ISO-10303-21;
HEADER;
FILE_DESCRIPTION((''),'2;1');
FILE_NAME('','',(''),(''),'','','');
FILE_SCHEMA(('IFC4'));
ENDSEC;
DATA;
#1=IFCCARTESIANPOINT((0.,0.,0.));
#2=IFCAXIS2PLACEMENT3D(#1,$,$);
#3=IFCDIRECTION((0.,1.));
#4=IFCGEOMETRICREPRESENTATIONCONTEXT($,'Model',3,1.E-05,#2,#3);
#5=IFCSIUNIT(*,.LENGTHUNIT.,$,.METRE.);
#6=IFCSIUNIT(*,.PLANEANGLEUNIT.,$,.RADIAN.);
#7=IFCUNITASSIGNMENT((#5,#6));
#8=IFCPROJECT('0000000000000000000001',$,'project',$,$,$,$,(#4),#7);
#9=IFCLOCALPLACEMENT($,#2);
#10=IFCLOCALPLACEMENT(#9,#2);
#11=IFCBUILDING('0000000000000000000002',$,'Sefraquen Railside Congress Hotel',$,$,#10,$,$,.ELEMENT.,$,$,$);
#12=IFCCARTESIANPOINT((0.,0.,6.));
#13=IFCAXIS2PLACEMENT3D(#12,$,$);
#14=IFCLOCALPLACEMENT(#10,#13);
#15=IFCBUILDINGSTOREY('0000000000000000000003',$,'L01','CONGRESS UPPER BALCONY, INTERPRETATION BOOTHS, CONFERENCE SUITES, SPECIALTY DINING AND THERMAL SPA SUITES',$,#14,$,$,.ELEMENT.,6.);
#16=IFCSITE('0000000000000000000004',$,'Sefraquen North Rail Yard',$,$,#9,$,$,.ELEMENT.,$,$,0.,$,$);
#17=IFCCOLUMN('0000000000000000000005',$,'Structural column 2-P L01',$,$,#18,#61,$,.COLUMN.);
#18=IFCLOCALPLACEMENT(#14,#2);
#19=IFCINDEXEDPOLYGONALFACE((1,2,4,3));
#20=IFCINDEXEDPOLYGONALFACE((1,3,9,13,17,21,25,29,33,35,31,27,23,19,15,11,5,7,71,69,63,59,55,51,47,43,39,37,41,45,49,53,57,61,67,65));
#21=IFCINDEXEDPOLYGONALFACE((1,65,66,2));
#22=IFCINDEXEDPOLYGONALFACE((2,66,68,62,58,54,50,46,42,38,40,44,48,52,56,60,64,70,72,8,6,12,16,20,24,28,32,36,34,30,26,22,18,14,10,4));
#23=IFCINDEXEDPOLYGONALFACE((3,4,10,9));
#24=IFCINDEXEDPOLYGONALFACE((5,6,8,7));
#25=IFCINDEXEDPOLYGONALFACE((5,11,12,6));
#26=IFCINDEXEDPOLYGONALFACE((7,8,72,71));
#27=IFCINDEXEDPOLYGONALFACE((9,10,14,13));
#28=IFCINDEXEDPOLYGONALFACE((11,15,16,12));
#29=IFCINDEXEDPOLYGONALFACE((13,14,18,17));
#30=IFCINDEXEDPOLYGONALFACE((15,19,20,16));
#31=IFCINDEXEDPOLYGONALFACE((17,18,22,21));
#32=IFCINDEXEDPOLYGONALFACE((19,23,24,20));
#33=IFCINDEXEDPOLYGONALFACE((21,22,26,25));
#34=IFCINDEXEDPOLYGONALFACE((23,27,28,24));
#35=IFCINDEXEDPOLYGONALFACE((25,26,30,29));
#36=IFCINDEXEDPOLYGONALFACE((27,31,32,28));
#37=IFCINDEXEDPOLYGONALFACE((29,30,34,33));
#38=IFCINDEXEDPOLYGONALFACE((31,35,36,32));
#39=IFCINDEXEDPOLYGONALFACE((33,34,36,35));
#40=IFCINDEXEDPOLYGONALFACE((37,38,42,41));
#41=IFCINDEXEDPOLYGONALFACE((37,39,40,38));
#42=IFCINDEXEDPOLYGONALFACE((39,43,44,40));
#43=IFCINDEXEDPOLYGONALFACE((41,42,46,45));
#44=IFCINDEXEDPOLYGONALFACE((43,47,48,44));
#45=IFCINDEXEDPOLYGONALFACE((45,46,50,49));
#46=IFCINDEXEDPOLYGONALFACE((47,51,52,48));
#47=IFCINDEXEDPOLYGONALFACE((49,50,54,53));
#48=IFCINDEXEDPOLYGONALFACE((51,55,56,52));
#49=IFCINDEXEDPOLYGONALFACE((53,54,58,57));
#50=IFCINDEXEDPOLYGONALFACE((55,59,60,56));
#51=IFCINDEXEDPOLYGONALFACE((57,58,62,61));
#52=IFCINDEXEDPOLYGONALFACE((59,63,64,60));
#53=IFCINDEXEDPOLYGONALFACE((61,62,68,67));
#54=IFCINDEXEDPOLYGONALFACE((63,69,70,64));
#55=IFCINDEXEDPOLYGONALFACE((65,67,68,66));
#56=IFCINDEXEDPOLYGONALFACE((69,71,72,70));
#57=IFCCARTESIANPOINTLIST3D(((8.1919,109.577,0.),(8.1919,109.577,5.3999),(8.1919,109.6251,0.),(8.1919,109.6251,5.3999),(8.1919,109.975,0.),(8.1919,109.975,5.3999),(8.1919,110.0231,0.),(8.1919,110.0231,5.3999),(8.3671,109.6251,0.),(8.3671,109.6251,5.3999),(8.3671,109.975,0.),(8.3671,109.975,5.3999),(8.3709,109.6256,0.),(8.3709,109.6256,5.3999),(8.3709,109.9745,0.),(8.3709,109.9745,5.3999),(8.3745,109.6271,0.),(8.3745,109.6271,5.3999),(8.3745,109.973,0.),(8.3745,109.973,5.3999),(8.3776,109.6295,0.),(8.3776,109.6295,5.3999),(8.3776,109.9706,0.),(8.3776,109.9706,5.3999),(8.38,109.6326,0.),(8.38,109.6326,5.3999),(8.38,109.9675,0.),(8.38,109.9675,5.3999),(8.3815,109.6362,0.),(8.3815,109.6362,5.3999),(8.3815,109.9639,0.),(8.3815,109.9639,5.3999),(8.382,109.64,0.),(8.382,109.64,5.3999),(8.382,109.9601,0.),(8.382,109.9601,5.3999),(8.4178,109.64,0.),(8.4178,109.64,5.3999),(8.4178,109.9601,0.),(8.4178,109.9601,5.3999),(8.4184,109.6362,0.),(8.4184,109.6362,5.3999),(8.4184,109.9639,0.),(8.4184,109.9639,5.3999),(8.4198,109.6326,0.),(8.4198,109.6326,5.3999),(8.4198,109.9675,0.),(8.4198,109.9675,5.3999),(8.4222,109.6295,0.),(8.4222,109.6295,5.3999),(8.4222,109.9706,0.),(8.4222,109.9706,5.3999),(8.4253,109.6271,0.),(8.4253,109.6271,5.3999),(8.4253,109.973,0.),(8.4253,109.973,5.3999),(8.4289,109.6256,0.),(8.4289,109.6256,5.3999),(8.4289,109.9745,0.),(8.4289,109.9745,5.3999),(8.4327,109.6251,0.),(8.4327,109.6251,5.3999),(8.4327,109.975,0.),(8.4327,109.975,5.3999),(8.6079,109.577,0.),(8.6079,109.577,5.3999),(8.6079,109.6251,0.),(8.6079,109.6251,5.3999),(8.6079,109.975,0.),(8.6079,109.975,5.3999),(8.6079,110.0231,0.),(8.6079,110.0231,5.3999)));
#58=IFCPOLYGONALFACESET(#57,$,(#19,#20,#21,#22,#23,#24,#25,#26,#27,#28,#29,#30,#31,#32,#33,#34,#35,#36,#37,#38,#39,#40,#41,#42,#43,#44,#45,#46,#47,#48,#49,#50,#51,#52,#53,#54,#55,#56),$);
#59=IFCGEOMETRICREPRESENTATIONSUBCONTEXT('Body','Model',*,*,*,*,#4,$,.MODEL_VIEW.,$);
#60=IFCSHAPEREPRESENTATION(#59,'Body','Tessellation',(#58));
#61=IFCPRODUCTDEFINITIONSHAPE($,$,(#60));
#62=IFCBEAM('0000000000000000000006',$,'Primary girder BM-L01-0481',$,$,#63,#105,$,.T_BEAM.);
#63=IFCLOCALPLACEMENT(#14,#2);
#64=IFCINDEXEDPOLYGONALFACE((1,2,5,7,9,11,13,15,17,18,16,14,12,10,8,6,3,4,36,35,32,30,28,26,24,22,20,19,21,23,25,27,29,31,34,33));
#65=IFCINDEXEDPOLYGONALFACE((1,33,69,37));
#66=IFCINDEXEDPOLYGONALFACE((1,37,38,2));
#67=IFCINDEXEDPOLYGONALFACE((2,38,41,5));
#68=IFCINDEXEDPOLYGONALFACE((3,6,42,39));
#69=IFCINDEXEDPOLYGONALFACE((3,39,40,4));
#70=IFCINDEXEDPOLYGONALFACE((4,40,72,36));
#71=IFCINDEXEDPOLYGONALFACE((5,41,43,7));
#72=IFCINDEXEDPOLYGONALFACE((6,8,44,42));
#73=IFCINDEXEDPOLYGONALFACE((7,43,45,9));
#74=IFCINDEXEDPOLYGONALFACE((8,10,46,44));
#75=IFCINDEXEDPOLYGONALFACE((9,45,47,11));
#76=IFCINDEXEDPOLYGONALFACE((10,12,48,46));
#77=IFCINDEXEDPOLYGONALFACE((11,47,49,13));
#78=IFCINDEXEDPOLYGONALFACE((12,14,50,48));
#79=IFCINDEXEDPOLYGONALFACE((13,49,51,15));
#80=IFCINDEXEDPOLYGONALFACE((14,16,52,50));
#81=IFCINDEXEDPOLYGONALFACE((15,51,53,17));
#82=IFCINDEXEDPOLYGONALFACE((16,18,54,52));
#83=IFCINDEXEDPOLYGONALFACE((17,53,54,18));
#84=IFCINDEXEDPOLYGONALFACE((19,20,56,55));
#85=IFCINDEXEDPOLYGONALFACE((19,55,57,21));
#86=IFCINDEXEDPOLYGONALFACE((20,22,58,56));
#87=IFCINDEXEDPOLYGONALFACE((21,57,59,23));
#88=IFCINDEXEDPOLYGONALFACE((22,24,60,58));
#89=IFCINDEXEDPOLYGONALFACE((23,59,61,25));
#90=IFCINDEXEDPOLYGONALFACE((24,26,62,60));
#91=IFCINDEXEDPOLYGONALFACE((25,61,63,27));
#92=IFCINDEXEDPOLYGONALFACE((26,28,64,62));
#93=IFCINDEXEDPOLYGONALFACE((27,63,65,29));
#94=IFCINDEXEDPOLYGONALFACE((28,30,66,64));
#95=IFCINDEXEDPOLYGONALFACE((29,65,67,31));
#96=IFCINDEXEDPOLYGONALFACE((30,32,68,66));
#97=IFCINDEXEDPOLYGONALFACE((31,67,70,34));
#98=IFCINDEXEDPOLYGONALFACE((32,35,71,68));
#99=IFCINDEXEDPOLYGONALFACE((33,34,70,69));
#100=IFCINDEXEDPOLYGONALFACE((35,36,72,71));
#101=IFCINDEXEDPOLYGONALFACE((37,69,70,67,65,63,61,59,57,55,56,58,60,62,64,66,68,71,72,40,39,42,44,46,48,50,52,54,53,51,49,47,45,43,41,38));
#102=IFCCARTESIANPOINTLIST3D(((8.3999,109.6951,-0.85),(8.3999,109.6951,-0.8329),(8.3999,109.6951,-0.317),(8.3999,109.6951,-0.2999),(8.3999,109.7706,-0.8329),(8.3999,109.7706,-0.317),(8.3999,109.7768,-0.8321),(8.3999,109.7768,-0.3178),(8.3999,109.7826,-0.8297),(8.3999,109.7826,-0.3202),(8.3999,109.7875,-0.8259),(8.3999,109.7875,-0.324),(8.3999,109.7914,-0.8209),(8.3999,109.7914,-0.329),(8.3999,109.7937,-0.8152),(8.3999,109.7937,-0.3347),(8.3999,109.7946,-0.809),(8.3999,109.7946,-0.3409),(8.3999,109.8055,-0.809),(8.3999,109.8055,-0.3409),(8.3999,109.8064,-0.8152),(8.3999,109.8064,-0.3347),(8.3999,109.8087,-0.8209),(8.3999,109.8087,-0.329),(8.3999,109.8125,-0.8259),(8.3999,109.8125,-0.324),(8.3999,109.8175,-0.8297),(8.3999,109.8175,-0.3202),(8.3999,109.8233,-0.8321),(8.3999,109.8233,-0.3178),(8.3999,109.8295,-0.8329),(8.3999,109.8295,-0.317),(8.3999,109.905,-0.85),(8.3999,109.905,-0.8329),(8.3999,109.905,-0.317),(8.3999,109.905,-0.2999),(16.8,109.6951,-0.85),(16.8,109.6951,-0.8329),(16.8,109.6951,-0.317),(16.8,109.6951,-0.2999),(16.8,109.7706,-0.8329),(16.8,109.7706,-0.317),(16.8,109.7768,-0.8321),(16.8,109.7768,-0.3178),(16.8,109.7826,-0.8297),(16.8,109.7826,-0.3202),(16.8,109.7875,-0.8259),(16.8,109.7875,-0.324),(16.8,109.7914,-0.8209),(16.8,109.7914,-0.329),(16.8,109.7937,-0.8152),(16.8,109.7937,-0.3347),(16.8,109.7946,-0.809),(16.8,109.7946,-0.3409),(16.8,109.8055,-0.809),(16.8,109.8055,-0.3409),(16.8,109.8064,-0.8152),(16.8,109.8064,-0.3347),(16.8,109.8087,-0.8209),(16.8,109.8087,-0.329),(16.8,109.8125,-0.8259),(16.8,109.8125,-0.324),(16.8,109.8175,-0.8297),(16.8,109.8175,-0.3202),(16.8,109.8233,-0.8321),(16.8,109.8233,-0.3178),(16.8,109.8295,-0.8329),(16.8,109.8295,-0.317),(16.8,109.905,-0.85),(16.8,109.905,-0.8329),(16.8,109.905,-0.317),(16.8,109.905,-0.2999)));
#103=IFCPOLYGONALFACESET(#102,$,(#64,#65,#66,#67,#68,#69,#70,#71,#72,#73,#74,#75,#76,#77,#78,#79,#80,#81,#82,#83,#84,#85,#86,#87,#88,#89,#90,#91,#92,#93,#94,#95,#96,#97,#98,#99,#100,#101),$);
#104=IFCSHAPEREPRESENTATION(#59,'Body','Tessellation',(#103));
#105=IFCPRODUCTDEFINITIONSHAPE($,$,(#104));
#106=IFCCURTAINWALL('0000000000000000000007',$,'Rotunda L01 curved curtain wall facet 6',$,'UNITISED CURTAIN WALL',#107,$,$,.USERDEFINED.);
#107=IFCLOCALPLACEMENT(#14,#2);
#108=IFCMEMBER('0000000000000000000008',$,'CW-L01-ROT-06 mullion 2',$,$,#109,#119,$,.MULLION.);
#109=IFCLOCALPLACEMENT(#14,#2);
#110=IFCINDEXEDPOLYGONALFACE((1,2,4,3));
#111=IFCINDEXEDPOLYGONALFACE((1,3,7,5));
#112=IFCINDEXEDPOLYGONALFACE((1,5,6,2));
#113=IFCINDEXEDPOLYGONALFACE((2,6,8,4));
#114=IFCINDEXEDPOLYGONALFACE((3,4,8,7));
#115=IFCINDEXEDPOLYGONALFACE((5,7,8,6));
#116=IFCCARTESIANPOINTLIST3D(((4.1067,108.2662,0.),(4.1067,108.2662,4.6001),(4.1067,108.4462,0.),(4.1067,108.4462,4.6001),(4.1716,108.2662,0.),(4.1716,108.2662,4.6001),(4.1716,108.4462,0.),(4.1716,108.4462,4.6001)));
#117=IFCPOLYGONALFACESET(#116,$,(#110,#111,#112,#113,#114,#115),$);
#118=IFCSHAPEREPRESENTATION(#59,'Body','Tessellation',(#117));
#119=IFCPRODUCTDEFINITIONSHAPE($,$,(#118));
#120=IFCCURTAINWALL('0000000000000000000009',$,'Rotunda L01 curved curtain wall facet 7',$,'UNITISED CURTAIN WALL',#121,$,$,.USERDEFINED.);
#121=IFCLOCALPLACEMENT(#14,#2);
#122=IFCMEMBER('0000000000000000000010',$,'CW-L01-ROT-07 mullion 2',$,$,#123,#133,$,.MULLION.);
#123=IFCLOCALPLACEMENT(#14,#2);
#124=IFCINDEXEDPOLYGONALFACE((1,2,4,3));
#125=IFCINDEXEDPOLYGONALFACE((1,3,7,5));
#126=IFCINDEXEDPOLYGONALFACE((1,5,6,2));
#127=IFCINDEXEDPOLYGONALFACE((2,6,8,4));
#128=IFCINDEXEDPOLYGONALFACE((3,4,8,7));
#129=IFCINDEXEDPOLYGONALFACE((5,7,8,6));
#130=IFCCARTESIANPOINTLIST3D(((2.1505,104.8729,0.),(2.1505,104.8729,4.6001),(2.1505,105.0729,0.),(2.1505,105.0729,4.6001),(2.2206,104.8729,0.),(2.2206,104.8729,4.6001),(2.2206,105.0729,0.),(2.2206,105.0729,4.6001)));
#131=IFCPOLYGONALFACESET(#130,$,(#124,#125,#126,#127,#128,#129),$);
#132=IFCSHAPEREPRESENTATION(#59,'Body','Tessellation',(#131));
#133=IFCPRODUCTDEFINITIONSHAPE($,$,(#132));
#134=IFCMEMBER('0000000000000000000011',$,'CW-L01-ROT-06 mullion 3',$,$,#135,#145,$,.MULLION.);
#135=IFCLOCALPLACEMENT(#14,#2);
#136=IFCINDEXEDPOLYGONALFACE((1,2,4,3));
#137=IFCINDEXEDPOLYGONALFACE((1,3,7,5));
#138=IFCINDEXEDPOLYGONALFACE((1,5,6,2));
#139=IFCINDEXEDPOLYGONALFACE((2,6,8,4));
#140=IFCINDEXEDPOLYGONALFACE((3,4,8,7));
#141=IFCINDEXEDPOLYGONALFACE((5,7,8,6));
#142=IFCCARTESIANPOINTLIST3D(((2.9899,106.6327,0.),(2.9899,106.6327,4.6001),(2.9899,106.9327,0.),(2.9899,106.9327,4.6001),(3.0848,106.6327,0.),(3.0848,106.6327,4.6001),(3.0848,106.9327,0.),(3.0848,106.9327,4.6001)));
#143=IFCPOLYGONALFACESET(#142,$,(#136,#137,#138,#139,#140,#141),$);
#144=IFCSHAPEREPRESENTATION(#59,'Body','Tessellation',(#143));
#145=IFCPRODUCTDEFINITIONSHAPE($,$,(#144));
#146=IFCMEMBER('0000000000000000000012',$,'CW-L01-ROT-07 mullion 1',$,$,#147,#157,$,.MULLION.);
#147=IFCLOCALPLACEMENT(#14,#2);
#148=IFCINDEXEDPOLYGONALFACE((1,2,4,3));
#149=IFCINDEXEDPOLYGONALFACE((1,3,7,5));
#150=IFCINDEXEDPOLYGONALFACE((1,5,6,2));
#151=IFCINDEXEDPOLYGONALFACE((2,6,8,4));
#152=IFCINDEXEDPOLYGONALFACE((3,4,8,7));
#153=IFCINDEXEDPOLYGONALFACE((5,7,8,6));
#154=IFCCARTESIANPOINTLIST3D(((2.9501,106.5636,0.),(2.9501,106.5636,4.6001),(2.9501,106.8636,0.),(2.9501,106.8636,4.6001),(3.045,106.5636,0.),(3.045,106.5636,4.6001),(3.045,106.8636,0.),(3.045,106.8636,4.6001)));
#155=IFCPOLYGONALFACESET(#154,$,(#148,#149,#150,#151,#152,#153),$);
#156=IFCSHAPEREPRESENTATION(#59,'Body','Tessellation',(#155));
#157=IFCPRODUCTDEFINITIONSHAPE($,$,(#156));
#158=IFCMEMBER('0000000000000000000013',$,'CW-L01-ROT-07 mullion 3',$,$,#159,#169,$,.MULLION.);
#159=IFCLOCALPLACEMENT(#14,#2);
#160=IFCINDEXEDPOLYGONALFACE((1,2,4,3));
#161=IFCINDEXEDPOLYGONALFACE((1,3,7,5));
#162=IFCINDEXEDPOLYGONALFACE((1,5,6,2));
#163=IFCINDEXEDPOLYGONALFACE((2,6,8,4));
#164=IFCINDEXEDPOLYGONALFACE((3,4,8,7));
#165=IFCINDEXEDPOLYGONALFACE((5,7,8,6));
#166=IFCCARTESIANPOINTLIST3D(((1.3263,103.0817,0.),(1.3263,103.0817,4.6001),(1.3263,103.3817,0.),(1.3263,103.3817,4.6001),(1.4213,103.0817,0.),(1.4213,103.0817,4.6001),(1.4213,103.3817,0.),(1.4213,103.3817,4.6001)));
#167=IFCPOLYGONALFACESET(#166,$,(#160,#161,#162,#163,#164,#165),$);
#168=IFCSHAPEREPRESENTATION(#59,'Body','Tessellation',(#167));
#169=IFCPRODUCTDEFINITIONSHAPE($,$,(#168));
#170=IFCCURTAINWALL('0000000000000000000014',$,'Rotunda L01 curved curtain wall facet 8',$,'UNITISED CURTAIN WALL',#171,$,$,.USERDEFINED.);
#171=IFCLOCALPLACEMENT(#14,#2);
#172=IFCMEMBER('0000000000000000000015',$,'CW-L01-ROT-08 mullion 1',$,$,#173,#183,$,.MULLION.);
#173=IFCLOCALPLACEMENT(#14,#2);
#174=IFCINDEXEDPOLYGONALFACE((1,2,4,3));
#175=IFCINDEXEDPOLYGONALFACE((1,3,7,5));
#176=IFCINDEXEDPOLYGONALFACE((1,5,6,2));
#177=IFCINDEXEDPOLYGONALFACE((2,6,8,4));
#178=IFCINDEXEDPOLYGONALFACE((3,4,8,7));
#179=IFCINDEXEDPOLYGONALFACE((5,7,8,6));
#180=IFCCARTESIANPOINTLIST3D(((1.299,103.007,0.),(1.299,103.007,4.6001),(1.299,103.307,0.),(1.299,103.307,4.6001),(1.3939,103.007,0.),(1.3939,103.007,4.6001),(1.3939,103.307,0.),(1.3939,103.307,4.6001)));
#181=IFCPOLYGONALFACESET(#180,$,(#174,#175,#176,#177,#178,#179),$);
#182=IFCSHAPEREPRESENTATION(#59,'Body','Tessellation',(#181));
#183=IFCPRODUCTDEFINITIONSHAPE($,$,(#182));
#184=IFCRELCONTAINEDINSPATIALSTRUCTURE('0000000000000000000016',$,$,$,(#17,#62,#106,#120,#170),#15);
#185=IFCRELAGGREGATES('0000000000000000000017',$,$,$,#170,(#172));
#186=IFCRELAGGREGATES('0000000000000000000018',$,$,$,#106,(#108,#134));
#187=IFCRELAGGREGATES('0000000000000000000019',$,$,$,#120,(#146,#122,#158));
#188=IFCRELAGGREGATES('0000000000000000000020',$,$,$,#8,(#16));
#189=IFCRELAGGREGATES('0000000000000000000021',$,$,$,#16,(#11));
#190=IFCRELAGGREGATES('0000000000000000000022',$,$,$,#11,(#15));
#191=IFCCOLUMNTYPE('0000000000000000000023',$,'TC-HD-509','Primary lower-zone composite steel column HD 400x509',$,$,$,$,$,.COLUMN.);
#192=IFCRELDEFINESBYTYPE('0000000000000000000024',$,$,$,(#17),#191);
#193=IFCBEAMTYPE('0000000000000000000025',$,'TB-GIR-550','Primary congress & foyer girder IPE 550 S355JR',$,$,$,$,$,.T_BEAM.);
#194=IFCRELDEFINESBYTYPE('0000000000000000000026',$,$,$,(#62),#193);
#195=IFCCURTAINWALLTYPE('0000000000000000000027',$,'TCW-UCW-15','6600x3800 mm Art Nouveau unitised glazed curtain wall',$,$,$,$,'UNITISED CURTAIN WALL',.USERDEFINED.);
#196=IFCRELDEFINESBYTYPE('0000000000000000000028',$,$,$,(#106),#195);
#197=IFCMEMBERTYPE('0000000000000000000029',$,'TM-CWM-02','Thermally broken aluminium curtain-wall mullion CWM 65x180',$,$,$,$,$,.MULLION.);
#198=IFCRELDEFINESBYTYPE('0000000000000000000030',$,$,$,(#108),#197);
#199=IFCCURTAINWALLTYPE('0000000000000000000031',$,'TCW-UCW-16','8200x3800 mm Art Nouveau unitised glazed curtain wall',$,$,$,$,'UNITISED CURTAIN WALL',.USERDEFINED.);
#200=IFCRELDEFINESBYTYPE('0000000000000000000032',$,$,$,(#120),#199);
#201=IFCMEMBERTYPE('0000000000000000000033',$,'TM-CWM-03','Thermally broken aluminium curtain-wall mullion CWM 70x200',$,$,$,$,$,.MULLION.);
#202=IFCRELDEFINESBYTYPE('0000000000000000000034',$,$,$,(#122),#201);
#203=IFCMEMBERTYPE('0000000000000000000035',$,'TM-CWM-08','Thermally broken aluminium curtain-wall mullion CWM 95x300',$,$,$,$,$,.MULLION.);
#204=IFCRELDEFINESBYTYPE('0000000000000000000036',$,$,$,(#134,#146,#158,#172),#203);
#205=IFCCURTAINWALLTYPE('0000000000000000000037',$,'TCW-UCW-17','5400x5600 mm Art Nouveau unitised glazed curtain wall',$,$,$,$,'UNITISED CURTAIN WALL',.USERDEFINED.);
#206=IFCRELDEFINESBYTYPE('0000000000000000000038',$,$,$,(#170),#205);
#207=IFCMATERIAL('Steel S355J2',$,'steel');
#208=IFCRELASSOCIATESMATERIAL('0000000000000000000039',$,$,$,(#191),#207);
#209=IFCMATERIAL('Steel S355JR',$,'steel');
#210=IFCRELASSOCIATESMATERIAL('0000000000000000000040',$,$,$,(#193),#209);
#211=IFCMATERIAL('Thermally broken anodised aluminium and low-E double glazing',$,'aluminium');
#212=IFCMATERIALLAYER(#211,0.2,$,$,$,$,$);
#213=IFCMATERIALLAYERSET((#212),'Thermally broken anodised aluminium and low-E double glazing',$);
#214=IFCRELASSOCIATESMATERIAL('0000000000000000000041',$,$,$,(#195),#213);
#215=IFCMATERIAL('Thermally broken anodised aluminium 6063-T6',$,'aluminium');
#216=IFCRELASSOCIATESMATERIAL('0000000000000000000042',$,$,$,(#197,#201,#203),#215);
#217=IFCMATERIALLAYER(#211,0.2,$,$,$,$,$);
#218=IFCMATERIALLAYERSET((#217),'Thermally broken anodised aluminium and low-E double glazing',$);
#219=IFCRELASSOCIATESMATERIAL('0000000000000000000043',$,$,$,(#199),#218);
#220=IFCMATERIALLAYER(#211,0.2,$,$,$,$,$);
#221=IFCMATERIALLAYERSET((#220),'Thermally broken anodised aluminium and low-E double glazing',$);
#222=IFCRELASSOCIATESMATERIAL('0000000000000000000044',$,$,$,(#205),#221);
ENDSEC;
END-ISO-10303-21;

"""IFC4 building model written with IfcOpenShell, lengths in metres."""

from ifc_helpers import new_model, si_unit, direction, frame, origin, origin_2d, place, context, subcontext, project, spatial, rectangle, i_section, extrude, material, layer, layer_set, material_profile, profile_set, type_object, element, aggregate, save


model = new_model("IFC4")

# Units and contexts
model_context = context("Model", 3, precision=1e-05, world=origin(), true_north=direction((0.0, 1.0)))
body_context = subcontext(model_context, "Body", "Model", "MODEL_VIEW")
ifc_project = project(units=[si_unit("LENGTHUNIT", "METRE"), si_unit("PLANEANGLEUNIT", "RADIAN")], contexts=[model_context])

# Site, building, storey
site_placement = place(None, origin())
site = spatial("IfcSite", under=ifc_project, at=site_placement, Name="Sefraquen North Rail Yard", CompositionType="ELEMENT", RefElevation=0.0)
building_placement = place(site_placement, origin())
building = spatial("IfcBuilding", under=site, at=building_placement, Name="Sefraquen Railside Congress Hotel", CompositionType="ELEMENT")
storey_placement = place(building_placement, frame((0.0, 0.0, 6.0)))
storey = spatial("IfcBuildingStorey", under=building, at=storey_placement, Name="L01", Description="CONGRESS UPPER BALCONY, INTERPRETATION BOOTHS, CONFERENCE SUITES, SPECIALTY DINING AND THERMAL SPA SUITES", CompositionType="ELEMENT", Elevation=6.0)

# Column
ifc_material_1 = material(Name="Steel S355J2", Category="steel")
ifc_material_profile_1 = material_profile(ifc_material_1, i_section(OverallWidth=0.416, OverallDepth=0.446, WebThickness=0.0359, FlangeThickness=0.0481, FilletRadius=0.0149, at=origin_2d()), Name="HD 400x509")
ifc_profile_set_1 = profile_set([ifc_material_profile_1], Name="Steel S355J2")
column_type = type_object("IfcColumnType", Name="TC-HD-509", Description="Primary lower-zone composite steel column HD 400x509", PredefinedType="COLUMN", material=ifc_profile_set_1)
column_placement = place(storey_placement, frame((8.3999, 109.8, 0.0), z_axis=(0.0, 0.0, 1.0), x_axis=(1.0, 0.0, 0.0)))
element("IfcColumn", 1, at=column_placement, inside=storey, type_object=column_type, Name="Structural column 2-P L01", PredefinedType="COLUMN", context=body_context, shape_type="SweptSolid", body=[
    extrude(i_section(OverallWidth=0.416, OverallDepth=0.446, WebThickness=0.0359, FlangeThickness=0.0481, FilletRadius=0.0149, at=origin_2d()), origin(), (0.0, 0.0, 1.0), 5.3999),
])

# Beam
ifc_material_2 = material(Name="Steel S355JR", Category="steel")
ifc_material_profile_2 = material_profile(ifc_material_2, i_section(OverallWidth=0.21, OverallDepth=0.55, WebThickness=0.011, FlangeThickness=0.0171, FilletRadius=0.0239, at=origin_2d()), Name="IPE 550")
ifc_profile_set_2 = profile_set([ifc_material_profile_2], Name="Steel S355JR")
beam_type = type_object("IfcBeamType", Name="TB-GIR-550", Description="Primary congress & foyer girder IPE 550 S355JR", PredefinedType="T_BEAM", material=ifc_profile_set_2)
beam_placement = place(storey_placement, frame((8.3999, 109.8, -0.575), z_axis=(1.0, 0.0, 0.0), x_axis=(0.0, 1.0, 0.0)))
element("IfcBeam", 2, at=beam_placement, inside=storey, type_object=beam_type, Name="Primary girder BM-L01-0481", PredefinedType="T_BEAM", context=body_context, shape_type="SweptSolid", body=[
    extrude(i_section(OverallWidth=0.21, OverallDepth=0.55, WebThickness=0.011, FlangeThickness=0.0171, FilletRadius=0.0239, at=origin_2d()), origin(), (0.0, 0.0, 1.0), 8.4001),
])

# Curtain walls, members
ifc_material_3 = material(Name="Thermally broken anodised aluminium and low-E double glazing", Category="aluminium")
ifc_layer_1 = layer(ifc_material_3, 0.2)
ifc_layer_set_1 = layer_set([ifc_layer_1], Name="Thermally broken anodised aluminium and low-E double glazing")
curtain_wall_type_1 = type_object("IfcCurtainWallType", Name="TCW-UCW-15", Description="6600x3800 mm Art Nouveau unitised glazed curtain wall", ElementType="UNITISED CURTAIN WALL", PredefinedType="USERDEFINED", material=ifc_layer_set_1)
curtain_wall_1_placement = place(storey_placement, origin())
curtain_wall_1 = element("IfcCurtainWall", 3, at=curtain_wall_1_placement, inside=storey, type_object=curtain_wall_type_1, Name="Rotunda L01 curved curtain wall facet 6", ObjectType="UNITISED CURTAIN WALL", PredefinedType="USERDEFINED")
ifc_material_4 = material(Name="Thermally broken anodised aluminium 6063-T6", Category="aluminium")
ifc_material_profile_3 = material_profile(ifc_material_4, rectangle(XDim=0.0649, YDim=0.1799, at=origin_2d()), Name="CWM 65x180")
ifc_profile_set_3 = profile_set([ifc_material_profile_3], Name="Thermally broken anodised aluminium 6063-T6")
member_type_1 = type_object("IfcMemberType", Name="TM-CWM-02", Description="Thermally broken aluminium curtain-wall mullion CWM 65x180", PredefinedType="MULLION", material=ifc_profile_set_3)
member_1_placement = place(storey_placement, frame((4.1392, 108.3562, 0.0), z_axis=(0.0, 0.0, 1.0), x_axis=(1.0, 0.0, 0.0)))
member_1 = element("IfcMember", 4, at=member_1_placement, type_object=member_type_1, Name="CW-L01-ROT-06 mullion 2", PredefinedType="MULLION", context=body_context, shape_type="SweptSolid", body=[
    extrude(rectangle(XDim=0.0649, YDim=0.1799, at=origin_2d()), origin(), (0.0, 0.0, 1.0), 4.6001),
])
ifc_layer_2 = layer(ifc_material_3, 0.2)
ifc_layer_set_2 = layer_set([ifc_layer_2], Name="Thermally broken anodised aluminium and low-E double glazing")
curtain_wall_type_2 = type_object("IfcCurtainWallType", Name="TCW-UCW-16", Description="8200x3800 mm Art Nouveau unitised glazed curtain wall", ElementType="UNITISED CURTAIN WALL", PredefinedType="USERDEFINED", material=ifc_layer_set_2)
curtain_wall_2_placement = place(storey_placement, origin())
curtain_wall_2 = element("IfcCurtainWall", 5, at=curtain_wall_2_placement, inside=storey, type_object=curtain_wall_type_2, Name="Rotunda L01 curved curtain wall facet 7", ObjectType="UNITISED CURTAIN WALL", PredefinedType="USERDEFINED")
ifc_material_profile_4 = material_profile(ifc_material_4, rectangle(XDim=0.0701, YDim=0.2, at=origin_2d()), Name="CWM 70x200")
ifc_profile_set_4 = profile_set([ifc_material_profile_4], Name="Thermally broken anodised aluminium 6063-T6")
member_type_2 = type_object("IfcMemberType", Name="TM-CWM-03", Description="Thermally broken aluminium curtain-wall mullion CWM 70x200", PredefinedType="MULLION", material=ifc_profile_set_4)
member_2_placement = place(storey_placement, frame((2.1855, 104.9729, 0.0), z_axis=(0.0, 0.0, 1.0), x_axis=(1.0, 0.0, 0.0)))
member_2 = element("IfcMember", 6, at=member_2_placement, type_object=member_type_2, Name="CW-L01-ROT-07 mullion 2", PredefinedType="MULLION", context=body_context, shape_type="SweptSolid", body=[
    extrude(rectangle(XDim=0.0701, YDim=0.2, at=origin_2d()), origin(), (0.0, 0.0, 1.0), 4.6001),
])

# Members
ifc_material_profile_5 = material_profile(ifc_material_4, rectangle(XDim=0.095, YDim=0.3, at=origin_2d()), Name="CWM 95x300")
ifc_profile_set_5 = profile_set([ifc_material_profile_5], Name="Thermally broken anodised aluminium 6063-T6")
member_type_3 = type_object("IfcMemberType", Name="TM-CWM-08", Description="Thermally broken aluminium curtain-wall mullion CWM 95x300", PredefinedType="MULLION", material=ifc_profile_set_5)
member_3_placement = place(storey_placement, frame((3.0374, 106.7827, 0.0), z_axis=(0.0, 0.0, 1.0), x_axis=(1.0, 0.0, 0.0)))
member_3 = element("IfcMember", 7, at=member_3_placement, type_object=member_type_3, Name="CW-L01-ROT-06 mullion 3", PredefinedType="MULLION", context=body_context, shape_type="SweptSolid", body=[
    extrude(rectangle(XDim=0.095, YDim=0.3, at=origin_2d()), origin(), (0.0, 0.0, 1.0), 4.6001),
])
member_4_placement = place(storey_placement, frame((2.9976, 106.7136, 0.0), z_axis=(0.0, 0.0, 1.0), x_axis=(1.0, 0.0, 0.0)))
member_4 = element("IfcMember", 8, at=member_4_placement, type_object=member_type_3, Name="CW-L01-ROT-07 mullion 1", PredefinedType="MULLION", context=body_context, shape_type="SweptSolid", body=[
    extrude(rectangle(XDim=0.095, YDim=0.3, at=origin_2d()), origin(), (0.0, 0.0, 1.0), 4.6001),
])
member_5_placement = place(storey_placement, frame((1.3738, 103.2317, 0.0), z_axis=(0.0, 0.0, 1.0), x_axis=(1.0, 0.0, 0.0)))
member_5 = element("IfcMember", 9, at=member_5_placement, type_object=member_type_3, Name="CW-L01-ROT-07 mullion 3", PredefinedType="MULLION", context=body_context, shape_type="SweptSolid", body=[
    extrude(rectangle(XDim=0.095, YDim=0.3, at=origin_2d()), origin(), (0.0, 0.0, 1.0), 4.6001),
])

# Curtain wall, member
ifc_layer_3 = layer(ifc_material_3, 0.2)
ifc_layer_set_3 = layer_set([ifc_layer_3], Name="Thermally broken anodised aluminium and low-E double glazing")
curtain_wall_type_3 = type_object("IfcCurtainWallType", Name="TCW-UCW-17", Description="5400x5600 mm Art Nouveau unitised glazed curtain wall", ElementType="UNITISED CURTAIN WALL", PredefinedType="USERDEFINED", material=ifc_layer_set_3)
curtain_wall_3_placement = place(storey_placement, origin())
curtain_wall_3 = element("IfcCurtainWall", 10, at=curtain_wall_3_placement, inside=storey, type_object=curtain_wall_type_3, Name="Rotunda L01 curved curtain wall facet 8", ObjectType="UNITISED CURTAIN WALL", PredefinedType="USERDEFINED")
member_6_placement = place(storey_placement, frame((1.3464, 103.157, 0.0), z_axis=(0.0, 0.0, 1.0), x_axis=(1.0, 0.0, 0.0)))
member_6 = element("IfcMember", 11, at=member_6_placement, type_object=member_type_3, Name="CW-L01-ROT-08 mullion 1", PredefinedType="MULLION", context=body_context, shape_type="SweptSolid", body=[
    extrude(rectangle(XDim=0.095, YDim=0.3, at=origin_2d()), origin(), (0.0, 0.0, 1.0), 4.6001),
])
aggregate(curtain_wall_3, [member_6])

aggregate(curtain_wall_1, [member_1, member_3])
aggregate(curtain_wall_2, [member_4, member_2, member_5])

save(model, "model.ifc")
